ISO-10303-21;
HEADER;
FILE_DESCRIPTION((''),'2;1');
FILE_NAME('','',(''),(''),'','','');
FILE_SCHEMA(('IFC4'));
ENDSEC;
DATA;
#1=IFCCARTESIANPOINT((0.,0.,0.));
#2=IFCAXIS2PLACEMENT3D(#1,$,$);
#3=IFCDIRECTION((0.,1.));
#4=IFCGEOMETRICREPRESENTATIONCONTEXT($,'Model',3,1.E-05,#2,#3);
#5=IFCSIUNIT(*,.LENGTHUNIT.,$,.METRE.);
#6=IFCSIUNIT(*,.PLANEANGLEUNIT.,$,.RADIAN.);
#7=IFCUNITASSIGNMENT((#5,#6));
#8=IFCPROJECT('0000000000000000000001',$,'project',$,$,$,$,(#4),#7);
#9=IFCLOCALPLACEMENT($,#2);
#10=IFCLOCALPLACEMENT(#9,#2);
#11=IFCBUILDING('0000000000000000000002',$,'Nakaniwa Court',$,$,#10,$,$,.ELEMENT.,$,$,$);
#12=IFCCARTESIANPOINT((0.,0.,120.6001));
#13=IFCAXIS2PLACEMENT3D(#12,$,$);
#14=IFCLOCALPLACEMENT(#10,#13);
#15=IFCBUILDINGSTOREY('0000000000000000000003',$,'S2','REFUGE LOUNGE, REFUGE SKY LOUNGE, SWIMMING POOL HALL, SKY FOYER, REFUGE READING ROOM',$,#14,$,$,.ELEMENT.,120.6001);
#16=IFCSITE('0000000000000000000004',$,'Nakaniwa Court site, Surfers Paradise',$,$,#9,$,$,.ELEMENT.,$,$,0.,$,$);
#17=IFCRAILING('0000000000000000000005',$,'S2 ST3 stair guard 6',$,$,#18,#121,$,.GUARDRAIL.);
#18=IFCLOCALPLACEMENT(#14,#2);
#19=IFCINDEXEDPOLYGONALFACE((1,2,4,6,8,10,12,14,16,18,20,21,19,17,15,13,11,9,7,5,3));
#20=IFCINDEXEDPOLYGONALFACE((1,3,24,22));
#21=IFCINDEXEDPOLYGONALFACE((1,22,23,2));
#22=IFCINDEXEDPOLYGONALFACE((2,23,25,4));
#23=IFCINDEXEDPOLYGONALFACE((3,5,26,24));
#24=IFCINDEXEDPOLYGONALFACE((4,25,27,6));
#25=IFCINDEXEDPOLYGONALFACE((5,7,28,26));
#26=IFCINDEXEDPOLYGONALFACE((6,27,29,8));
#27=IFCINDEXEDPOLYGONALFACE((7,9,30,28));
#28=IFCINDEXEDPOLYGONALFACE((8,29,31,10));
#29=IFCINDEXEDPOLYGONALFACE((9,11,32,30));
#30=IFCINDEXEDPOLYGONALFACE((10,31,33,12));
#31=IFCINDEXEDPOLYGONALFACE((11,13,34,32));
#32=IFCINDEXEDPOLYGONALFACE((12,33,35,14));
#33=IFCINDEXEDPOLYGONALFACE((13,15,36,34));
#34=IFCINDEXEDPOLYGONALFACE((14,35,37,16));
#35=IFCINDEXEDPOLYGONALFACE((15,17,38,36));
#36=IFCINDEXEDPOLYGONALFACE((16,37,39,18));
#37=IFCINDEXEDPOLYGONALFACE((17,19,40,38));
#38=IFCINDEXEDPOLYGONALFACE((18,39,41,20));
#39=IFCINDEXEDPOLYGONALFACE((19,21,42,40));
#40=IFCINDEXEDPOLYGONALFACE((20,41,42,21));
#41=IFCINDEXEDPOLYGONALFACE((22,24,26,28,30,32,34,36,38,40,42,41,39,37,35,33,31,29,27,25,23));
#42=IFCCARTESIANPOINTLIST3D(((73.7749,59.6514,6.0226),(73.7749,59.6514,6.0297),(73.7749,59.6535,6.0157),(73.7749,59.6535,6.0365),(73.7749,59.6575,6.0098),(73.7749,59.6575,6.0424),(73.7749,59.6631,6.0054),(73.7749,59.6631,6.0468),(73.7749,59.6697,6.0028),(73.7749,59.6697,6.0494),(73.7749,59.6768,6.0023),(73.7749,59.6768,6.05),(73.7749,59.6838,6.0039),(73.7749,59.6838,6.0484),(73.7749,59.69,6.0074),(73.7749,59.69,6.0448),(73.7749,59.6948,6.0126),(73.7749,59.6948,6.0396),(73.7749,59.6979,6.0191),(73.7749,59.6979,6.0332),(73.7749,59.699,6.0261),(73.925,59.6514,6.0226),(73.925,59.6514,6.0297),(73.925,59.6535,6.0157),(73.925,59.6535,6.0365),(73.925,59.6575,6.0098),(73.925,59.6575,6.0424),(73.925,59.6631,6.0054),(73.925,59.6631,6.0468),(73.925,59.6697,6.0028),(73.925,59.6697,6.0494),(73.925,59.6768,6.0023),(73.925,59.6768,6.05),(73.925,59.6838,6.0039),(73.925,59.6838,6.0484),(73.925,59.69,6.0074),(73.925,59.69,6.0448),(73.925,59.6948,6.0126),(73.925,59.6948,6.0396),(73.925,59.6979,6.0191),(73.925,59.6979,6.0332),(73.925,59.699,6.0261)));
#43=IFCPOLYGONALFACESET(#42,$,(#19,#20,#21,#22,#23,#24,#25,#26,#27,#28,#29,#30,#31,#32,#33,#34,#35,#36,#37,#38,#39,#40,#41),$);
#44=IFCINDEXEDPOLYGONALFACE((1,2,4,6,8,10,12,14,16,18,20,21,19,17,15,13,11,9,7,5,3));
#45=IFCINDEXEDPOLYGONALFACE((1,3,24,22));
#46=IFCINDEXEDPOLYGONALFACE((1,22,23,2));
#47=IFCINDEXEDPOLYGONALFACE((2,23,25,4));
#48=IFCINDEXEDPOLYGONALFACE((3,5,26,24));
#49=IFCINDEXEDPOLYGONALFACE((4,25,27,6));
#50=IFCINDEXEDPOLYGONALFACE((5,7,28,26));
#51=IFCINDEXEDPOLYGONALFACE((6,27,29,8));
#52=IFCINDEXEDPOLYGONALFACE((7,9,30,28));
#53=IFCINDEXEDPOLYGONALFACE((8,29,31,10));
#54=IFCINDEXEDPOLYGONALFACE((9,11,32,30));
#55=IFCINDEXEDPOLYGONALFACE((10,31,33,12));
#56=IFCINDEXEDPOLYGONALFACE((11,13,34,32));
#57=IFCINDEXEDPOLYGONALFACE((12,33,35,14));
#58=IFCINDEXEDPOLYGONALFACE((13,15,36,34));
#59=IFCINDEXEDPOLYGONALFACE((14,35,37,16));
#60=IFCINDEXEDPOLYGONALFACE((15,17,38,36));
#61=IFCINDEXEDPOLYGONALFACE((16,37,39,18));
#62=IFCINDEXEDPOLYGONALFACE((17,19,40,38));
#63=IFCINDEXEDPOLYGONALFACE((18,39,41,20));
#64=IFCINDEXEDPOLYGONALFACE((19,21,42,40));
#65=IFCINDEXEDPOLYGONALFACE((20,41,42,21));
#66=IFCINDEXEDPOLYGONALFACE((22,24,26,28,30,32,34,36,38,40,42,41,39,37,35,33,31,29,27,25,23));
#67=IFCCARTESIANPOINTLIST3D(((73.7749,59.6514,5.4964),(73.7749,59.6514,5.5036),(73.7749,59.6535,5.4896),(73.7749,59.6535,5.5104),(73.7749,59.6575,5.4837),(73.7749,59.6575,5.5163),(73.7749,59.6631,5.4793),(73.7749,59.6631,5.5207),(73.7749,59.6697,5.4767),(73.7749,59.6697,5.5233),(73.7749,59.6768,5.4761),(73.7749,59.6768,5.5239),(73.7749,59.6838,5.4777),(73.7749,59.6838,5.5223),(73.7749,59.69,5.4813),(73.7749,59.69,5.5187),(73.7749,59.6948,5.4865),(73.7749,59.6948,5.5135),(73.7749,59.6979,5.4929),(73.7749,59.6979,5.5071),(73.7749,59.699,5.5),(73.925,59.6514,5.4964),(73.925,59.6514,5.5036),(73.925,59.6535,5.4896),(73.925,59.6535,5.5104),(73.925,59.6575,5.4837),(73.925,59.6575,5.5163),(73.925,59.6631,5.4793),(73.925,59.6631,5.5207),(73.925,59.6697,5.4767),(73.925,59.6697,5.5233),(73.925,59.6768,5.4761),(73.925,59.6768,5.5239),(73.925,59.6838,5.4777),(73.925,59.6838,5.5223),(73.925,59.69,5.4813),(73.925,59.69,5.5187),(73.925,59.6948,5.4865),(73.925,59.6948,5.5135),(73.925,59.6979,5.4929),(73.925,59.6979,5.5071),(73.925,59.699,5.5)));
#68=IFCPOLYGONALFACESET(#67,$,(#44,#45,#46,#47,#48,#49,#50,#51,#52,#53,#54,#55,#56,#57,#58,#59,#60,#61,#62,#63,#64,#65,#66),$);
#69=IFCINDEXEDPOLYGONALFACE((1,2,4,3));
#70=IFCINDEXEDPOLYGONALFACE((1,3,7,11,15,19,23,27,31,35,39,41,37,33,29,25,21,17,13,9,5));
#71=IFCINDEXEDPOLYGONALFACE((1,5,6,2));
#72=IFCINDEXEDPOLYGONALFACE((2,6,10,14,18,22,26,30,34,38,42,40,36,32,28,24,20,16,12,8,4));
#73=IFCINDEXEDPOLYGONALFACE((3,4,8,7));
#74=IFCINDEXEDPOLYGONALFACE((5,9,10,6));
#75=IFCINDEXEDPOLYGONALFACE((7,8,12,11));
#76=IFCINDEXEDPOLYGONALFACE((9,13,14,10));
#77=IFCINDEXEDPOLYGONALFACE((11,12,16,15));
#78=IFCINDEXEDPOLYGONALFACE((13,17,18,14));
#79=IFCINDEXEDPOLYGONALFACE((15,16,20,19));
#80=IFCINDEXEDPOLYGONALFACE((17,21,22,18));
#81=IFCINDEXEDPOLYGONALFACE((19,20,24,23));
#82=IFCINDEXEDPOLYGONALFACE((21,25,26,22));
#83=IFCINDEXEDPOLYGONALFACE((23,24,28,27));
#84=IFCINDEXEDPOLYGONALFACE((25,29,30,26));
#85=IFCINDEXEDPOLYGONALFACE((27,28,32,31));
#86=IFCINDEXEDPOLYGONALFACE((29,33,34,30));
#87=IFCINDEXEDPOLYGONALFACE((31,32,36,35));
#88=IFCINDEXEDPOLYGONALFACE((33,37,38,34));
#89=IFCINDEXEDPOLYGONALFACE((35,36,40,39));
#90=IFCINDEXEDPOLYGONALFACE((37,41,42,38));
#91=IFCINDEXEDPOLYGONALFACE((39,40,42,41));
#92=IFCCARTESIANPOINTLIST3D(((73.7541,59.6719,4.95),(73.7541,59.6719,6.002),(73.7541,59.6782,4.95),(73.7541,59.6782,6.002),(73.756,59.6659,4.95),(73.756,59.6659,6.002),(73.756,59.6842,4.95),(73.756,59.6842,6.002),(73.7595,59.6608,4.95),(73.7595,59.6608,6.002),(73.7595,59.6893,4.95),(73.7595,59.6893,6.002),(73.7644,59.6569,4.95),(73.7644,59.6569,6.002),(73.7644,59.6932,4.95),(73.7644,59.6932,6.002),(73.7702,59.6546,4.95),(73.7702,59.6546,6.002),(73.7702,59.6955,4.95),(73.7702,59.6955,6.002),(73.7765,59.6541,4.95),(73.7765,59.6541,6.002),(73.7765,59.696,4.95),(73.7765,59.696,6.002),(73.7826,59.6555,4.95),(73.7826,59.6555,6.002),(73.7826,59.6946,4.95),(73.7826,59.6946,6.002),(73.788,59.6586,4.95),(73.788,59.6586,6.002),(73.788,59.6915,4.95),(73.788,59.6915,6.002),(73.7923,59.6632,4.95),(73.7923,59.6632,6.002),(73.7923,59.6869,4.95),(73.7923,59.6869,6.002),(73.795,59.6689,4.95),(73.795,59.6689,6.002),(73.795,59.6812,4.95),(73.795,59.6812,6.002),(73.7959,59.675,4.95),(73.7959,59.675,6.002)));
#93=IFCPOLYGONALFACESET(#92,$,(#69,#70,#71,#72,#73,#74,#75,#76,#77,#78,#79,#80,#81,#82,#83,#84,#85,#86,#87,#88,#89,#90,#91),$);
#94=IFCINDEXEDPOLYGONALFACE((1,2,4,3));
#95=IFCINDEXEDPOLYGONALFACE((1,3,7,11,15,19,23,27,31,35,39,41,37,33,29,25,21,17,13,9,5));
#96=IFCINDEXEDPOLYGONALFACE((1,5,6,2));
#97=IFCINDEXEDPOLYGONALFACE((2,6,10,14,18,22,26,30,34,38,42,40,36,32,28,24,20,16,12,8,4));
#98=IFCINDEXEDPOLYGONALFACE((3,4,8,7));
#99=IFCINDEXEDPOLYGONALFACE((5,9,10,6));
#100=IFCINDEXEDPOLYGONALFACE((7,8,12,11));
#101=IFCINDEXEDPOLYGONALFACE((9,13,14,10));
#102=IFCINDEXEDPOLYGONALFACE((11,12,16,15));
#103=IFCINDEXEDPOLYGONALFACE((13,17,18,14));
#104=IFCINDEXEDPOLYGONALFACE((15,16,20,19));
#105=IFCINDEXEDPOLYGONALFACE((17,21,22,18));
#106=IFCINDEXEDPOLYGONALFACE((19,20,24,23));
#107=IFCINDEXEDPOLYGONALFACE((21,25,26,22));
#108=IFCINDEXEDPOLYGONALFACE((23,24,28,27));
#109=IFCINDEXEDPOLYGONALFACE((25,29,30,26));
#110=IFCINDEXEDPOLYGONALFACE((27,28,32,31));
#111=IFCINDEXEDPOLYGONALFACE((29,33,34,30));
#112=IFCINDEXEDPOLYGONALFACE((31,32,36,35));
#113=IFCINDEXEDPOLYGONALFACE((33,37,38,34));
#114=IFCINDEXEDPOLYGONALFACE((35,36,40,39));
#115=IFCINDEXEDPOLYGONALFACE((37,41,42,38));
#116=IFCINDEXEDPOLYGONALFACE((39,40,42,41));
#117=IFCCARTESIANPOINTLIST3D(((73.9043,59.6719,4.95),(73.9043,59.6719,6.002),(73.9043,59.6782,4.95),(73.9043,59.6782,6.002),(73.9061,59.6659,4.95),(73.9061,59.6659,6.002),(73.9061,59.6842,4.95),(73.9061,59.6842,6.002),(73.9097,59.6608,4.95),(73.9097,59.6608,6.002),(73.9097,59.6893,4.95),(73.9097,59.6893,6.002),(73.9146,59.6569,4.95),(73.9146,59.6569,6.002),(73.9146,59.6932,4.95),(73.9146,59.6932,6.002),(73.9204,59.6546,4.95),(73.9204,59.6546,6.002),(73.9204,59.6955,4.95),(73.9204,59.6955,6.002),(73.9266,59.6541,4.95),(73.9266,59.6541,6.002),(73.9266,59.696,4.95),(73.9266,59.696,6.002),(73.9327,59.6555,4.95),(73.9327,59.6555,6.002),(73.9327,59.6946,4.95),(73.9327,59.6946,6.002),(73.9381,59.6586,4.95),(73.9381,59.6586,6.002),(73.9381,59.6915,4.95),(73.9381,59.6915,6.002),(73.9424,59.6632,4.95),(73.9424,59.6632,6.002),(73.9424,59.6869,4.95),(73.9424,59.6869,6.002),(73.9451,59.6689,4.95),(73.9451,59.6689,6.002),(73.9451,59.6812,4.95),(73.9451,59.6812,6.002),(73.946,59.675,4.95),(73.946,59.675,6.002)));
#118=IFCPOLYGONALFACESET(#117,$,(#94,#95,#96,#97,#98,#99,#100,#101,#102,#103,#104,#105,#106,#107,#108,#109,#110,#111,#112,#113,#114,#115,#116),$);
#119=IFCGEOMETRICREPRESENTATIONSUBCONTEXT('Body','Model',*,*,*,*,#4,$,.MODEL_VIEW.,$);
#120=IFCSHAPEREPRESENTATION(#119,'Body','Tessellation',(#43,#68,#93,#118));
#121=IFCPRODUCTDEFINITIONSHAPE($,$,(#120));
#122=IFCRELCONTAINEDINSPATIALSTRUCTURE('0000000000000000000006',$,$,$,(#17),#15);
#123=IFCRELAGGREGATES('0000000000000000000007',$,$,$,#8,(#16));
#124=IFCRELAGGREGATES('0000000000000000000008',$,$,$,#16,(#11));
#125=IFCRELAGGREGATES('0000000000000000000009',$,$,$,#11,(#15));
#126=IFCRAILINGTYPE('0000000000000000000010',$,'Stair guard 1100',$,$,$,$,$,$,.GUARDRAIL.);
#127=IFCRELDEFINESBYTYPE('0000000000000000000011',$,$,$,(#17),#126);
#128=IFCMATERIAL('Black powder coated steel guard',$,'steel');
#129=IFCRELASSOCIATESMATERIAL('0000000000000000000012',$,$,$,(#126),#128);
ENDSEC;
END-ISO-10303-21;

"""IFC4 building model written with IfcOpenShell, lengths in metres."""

from ifc_helpers import new_model, si_unit, direction, frame, origin, origin_2d, place, context, subcontext, project, spatial, circle, extrude, material, type_object, element, save


model = new_model("IFC4")

# Units and contexts
model_context = context("Model", 3, precision=1e-05, world=origin(), true_north=direction((0.0, 1.0)))
body_context = subcontext(model_context, "Body", "Model", "MODEL_VIEW")
ifc_project = project(units=[si_unit("LENGTHUNIT", "METRE"), si_unit("PLANEANGLEUNIT", "RADIAN")], contexts=[model_context])

# Site, building, storey
site_placement = place(None, origin())
site = spatial("IfcSite", under=ifc_project, at=site_placement, Name="Nakaniwa Court site, Surfers Paradise", CompositionType="ELEMENT", RefElevation=0.0)
building_placement = place(site_placement, origin())
building = spatial("IfcBuilding", under=site, at=building_placement, Name="Nakaniwa Court", CompositionType="ELEMENT")
storey_placement = place(building_placement, frame((0.0, 0.0, 120.6001)))
storey = spatial("IfcBuildingStorey", under=building, at=storey_placement, Name="S2", Description="REFUGE LOUNGE, REFUGE SKY LOUNGE, SWIMMING POOL HALL, SKY FOYER, REFUGE READING ROOM", CompositionType="ELEMENT", Elevation=120.6001)

# Railing
ifc_material_1 = material(Name="Black powder coated steel guard", Category="steel")
railing_type_1 = type_object("IfcRailingType", Name="Stair guard 1100", PredefinedType="GUARDRAIL", material=ifc_material_1)
railing_1_placement = place(storey_placement, frame((73.7749, 59.675, 4.95)))
element("IfcRailing", 1, at=railing_1_placement, inside=storey, type_object=railing_type_1, Name="S2 ST3 stair guard 6", PredefinedType="GUARDRAIL", context=body_context, shape_type="SweptSolid", body=[
    extrude(circle(Radius=0.0239, at=origin_2d()), frame((0.0, 0.0, 1.0762), z_axis=(1.0, 0.0, 0.0), x_axis=(0.0, 1.0, 0.0)), (0.0, 0.0, 1.0), 0.1501),
    extrude(circle(Radius=0.0239, at=origin_2d()), frame((0.0, 0.0, 0.55), z_axis=(1.0, 0.0, 0.0), x_axis=(0.0, 1.0, 0.0)), (0.0, 0.0, 1.0), 0.1501),
    extrude(circle(Radius=0.021, at=origin_2d()), origin(), (0.0, 0.0, 1.0), 1.052),
    extrude(circle(Radius=0.021, at=origin_2d()), frame((0.1501, 0.0, 0.0)), (0.0, 0.0, 1.0), 1.052),
])

save(model, "model.ifc")
